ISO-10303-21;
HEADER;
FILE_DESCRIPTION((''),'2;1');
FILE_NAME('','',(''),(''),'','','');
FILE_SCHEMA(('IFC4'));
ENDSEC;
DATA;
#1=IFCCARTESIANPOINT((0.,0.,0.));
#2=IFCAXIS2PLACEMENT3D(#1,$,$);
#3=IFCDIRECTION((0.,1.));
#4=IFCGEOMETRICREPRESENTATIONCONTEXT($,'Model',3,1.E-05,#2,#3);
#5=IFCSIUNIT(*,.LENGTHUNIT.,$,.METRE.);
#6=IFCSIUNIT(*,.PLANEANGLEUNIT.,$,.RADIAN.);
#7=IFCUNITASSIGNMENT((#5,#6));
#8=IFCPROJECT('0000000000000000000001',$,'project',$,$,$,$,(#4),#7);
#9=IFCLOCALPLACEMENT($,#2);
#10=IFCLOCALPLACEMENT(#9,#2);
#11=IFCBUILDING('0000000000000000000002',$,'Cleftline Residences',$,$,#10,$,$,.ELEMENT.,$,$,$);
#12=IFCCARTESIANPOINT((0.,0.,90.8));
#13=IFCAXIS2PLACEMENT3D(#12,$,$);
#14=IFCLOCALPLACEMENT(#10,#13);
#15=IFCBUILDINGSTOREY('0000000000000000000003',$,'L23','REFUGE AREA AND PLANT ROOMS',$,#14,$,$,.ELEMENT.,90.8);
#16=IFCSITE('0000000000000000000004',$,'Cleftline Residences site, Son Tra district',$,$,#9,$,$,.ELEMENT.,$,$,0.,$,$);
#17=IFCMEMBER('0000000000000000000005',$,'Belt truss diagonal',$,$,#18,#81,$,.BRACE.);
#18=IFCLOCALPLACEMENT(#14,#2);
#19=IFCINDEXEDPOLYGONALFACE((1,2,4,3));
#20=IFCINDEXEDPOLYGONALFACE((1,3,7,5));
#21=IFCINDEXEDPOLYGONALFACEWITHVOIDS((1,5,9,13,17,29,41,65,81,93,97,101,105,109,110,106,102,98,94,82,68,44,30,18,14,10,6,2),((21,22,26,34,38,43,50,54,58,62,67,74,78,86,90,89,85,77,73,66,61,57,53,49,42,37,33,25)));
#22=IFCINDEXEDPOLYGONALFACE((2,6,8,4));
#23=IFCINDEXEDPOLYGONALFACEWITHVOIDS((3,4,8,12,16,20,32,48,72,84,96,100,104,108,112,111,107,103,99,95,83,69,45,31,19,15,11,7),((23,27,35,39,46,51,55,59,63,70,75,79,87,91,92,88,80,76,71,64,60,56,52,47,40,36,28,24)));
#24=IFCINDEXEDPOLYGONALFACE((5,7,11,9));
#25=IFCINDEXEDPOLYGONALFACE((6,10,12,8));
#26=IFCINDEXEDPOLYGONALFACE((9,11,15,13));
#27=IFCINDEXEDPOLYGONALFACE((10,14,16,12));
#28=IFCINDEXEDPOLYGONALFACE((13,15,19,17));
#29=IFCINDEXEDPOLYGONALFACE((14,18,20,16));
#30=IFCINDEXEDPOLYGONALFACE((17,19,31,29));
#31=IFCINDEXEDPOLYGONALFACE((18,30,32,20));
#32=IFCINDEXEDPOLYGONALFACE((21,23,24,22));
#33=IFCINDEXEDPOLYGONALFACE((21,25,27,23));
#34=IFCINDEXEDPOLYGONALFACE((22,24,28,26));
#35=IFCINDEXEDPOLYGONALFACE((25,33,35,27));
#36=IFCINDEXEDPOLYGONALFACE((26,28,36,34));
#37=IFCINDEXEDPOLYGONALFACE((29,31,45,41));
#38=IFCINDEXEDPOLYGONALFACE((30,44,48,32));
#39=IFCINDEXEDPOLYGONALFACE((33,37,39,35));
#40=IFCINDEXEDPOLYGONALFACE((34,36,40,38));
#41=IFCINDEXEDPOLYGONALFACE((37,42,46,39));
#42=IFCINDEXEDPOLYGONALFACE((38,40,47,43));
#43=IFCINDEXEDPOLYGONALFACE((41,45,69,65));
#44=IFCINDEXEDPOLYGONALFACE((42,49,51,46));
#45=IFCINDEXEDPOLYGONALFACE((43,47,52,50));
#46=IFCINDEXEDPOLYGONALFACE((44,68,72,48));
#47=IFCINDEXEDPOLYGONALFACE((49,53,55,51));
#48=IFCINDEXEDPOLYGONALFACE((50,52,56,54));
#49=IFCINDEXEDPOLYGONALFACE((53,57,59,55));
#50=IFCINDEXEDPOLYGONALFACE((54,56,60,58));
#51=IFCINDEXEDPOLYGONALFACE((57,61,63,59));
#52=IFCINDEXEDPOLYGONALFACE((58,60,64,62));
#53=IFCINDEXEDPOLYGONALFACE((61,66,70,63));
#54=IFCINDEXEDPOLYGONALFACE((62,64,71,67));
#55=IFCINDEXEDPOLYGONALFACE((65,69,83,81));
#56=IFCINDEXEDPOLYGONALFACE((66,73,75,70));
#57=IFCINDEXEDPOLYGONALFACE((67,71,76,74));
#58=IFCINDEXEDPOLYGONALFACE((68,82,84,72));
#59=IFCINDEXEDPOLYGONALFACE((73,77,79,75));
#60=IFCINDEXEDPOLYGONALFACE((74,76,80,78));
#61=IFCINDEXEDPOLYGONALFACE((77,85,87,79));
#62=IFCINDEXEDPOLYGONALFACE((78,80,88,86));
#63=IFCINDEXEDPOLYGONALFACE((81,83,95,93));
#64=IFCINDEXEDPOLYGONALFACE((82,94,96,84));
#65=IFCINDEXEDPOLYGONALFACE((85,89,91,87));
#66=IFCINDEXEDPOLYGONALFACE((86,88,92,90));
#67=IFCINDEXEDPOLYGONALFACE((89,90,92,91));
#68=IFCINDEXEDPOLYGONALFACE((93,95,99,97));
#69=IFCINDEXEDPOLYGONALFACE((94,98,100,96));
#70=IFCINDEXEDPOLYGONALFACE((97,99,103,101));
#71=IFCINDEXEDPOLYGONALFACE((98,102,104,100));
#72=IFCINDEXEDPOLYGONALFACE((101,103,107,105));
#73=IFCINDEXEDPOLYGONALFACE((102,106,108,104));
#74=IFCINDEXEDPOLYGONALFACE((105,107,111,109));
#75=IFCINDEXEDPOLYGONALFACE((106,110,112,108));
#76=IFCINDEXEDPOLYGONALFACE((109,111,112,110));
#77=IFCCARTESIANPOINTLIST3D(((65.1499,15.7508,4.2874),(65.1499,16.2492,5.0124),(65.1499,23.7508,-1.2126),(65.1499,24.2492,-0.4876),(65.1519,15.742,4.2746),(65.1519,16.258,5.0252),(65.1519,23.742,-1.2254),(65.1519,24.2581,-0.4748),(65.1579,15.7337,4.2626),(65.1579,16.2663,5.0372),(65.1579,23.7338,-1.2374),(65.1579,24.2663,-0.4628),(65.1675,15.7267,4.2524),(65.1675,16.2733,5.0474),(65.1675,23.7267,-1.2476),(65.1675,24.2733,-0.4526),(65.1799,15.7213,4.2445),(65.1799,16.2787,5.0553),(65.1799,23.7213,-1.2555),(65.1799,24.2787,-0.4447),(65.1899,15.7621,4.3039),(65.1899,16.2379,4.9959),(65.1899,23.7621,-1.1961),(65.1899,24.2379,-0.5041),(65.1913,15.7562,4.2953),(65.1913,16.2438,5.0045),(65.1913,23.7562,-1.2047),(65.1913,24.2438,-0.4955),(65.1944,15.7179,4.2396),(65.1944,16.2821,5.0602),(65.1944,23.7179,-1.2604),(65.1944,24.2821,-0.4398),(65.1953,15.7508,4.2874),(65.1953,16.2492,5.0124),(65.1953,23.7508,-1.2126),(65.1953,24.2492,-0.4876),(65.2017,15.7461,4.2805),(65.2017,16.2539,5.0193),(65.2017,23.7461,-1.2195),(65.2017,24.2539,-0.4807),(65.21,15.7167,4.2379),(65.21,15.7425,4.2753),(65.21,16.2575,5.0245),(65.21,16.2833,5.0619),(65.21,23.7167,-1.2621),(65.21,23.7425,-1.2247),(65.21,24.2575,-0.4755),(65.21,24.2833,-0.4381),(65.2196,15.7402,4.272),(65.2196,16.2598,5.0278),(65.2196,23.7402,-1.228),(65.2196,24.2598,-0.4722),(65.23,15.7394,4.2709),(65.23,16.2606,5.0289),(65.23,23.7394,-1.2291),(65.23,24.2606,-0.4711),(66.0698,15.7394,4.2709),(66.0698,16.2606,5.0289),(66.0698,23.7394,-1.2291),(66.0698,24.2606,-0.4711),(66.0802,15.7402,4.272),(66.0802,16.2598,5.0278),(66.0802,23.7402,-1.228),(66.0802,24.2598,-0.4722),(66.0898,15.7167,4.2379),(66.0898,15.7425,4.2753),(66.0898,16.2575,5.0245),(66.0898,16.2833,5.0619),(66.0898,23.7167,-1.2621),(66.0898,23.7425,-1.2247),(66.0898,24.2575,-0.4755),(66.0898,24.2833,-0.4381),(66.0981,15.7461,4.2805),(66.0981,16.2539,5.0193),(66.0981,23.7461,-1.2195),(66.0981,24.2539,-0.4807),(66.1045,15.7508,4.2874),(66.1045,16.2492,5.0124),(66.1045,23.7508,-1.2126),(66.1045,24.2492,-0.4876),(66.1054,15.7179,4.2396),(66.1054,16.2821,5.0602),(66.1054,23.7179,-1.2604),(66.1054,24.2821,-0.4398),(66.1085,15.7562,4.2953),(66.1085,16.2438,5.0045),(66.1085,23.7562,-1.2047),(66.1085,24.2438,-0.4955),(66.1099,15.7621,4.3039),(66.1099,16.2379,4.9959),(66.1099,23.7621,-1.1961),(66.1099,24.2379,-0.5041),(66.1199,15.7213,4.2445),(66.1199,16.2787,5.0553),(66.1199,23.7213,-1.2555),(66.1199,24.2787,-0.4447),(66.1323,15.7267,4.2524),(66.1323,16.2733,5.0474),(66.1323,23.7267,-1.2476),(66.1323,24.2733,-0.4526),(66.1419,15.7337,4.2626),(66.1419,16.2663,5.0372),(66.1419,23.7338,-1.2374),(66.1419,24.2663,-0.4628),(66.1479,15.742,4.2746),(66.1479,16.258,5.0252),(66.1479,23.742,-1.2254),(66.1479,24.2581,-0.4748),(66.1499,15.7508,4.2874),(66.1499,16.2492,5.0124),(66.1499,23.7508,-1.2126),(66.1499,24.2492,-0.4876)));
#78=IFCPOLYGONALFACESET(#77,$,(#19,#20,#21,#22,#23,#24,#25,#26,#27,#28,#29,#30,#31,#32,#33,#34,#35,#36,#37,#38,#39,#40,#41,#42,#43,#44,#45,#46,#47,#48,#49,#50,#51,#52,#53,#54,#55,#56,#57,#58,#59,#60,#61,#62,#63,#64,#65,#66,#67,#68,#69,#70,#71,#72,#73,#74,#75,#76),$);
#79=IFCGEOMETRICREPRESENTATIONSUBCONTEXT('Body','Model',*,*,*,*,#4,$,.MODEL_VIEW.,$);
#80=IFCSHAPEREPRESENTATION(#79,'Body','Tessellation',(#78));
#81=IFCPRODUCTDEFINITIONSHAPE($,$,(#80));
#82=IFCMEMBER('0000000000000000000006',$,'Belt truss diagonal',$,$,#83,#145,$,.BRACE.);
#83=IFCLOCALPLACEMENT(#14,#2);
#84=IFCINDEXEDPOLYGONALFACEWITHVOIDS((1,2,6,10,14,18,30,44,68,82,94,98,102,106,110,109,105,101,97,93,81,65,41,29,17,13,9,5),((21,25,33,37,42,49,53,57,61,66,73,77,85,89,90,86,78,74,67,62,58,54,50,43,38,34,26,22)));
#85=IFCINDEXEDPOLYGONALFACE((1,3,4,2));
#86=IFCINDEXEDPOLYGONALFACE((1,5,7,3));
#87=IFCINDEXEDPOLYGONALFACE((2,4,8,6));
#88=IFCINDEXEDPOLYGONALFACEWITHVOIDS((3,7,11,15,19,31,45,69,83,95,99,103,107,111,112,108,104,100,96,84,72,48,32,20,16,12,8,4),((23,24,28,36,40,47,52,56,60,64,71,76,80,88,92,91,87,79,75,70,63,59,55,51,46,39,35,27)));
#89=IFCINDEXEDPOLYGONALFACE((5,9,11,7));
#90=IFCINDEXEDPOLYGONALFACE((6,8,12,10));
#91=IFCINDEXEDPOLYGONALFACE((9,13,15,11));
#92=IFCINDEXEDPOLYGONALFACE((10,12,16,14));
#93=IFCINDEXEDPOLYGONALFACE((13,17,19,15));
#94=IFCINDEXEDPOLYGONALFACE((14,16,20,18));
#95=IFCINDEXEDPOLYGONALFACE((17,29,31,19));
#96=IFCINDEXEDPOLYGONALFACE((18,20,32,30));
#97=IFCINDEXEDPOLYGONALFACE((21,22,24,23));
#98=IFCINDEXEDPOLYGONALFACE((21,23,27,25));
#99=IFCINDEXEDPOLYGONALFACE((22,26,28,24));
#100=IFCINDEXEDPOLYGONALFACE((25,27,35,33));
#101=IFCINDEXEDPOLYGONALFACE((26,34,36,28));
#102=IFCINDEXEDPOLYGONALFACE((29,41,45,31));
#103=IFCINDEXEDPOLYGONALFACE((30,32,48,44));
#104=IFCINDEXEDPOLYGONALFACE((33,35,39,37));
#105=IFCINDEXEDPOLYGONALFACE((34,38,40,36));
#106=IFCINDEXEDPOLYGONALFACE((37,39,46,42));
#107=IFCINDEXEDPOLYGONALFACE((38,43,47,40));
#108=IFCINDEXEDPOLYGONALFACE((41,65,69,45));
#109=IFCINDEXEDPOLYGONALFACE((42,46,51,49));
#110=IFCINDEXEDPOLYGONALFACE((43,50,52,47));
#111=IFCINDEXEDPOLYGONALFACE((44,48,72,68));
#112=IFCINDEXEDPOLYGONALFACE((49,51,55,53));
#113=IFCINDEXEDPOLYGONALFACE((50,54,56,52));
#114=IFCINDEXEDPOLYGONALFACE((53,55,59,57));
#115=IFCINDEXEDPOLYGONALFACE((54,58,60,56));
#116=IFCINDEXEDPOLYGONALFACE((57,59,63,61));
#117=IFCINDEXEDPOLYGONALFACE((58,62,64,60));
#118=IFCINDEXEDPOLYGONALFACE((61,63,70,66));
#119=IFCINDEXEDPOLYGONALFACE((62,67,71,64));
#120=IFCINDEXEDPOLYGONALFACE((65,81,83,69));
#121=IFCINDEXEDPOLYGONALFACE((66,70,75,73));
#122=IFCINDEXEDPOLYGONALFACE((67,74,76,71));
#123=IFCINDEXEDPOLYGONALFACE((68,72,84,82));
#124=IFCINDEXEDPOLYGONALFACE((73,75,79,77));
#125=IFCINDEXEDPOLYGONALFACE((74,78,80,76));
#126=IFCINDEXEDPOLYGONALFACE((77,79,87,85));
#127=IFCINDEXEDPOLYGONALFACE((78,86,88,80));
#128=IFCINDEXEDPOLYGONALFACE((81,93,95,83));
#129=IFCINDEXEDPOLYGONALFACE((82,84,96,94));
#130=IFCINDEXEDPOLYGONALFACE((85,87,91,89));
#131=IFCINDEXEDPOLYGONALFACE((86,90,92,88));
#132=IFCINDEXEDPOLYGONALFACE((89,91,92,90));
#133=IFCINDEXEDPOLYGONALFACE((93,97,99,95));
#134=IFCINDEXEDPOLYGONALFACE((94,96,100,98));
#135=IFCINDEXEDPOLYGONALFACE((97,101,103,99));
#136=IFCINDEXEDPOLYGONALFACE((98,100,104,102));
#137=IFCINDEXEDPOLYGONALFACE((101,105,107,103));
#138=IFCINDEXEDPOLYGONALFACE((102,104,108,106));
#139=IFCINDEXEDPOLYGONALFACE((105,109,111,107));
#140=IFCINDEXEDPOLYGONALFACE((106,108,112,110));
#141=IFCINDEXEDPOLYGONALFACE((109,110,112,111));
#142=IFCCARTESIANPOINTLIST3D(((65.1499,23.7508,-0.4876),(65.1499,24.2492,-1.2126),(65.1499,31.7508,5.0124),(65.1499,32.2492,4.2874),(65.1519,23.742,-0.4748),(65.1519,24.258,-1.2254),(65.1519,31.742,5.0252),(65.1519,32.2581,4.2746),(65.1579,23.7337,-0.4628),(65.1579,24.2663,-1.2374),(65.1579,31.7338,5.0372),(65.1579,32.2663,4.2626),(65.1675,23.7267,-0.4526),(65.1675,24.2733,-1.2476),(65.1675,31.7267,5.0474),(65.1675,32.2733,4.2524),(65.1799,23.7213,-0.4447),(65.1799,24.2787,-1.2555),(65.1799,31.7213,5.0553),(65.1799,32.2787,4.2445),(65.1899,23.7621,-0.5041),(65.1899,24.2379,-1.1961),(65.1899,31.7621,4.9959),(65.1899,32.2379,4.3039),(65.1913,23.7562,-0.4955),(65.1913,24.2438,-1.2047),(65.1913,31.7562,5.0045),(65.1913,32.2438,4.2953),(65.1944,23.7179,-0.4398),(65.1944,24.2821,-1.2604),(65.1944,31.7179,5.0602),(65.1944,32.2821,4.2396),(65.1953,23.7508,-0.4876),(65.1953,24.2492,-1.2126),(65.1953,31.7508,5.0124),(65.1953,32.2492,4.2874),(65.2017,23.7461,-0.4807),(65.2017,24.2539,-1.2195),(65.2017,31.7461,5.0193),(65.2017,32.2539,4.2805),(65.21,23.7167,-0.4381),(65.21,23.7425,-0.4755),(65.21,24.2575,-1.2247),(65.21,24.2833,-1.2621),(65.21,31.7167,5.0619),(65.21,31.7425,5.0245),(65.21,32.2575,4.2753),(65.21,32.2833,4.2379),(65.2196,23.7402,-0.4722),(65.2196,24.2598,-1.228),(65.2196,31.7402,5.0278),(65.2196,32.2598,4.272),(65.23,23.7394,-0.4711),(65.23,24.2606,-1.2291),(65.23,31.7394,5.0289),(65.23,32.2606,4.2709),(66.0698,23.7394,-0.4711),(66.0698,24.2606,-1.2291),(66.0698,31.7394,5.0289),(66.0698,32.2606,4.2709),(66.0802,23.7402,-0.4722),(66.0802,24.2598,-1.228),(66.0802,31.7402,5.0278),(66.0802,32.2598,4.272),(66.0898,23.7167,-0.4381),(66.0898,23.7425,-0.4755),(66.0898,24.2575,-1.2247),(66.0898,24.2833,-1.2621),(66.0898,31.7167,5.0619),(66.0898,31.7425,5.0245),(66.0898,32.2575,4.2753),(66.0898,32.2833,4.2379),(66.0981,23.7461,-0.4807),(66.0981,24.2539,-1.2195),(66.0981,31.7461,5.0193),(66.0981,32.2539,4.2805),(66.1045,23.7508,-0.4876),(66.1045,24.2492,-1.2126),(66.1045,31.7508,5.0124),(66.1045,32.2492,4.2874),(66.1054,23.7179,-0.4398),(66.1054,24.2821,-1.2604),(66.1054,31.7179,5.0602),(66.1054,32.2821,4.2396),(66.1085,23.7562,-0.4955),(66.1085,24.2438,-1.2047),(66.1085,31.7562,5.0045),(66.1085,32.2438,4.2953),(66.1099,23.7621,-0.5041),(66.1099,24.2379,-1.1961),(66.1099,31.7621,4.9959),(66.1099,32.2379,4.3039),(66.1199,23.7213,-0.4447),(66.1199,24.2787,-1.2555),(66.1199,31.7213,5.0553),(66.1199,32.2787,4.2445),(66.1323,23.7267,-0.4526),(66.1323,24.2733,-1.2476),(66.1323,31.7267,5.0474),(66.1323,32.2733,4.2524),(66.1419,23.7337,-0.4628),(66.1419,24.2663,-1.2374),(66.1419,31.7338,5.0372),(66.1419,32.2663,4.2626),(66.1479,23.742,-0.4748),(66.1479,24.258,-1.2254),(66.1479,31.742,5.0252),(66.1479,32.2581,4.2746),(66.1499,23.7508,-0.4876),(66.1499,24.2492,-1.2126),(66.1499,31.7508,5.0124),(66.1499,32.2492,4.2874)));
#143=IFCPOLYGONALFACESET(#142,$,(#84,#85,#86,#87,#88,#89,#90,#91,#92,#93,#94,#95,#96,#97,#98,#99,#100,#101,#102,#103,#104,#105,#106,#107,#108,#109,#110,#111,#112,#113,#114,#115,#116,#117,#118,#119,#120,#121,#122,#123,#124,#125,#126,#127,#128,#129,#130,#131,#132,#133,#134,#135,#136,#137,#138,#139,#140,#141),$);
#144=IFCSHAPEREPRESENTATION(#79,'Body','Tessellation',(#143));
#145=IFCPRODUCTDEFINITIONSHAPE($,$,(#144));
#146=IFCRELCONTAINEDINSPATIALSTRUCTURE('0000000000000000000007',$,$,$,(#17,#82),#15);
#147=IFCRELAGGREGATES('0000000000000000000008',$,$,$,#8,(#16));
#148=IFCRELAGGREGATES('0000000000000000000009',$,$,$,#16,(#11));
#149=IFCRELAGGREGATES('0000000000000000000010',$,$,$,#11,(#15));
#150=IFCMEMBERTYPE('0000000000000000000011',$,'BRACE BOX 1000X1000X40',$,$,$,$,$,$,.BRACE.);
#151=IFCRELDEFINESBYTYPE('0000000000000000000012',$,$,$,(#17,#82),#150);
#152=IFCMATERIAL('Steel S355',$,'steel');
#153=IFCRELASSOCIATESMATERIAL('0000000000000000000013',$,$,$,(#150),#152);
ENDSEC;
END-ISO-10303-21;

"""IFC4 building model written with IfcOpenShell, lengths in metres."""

from ifc_helpers import new_model, si_unit, direction, frame, origin, origin_2d, place, context, subcontext, project, spatial, hollow_rectangle, extrude, material, material_profile, profile_set, type_object, element, save


model = new_model("IFC4")

# Units and contexts
model_context = context("Model", 3, precision=1e-05, world=origin(), true_north=direction((0.0, 1.0)))
body_context = subcontext(model_context, "Body", "Model", "MODEL_VIEW")
ifc_project = project(units=[si_unit("LENGTHUNIT", "METRE"), si_unit("PLANEANGLEUNIT", "RADIAN")], contexts=[model_context])

# Site, building, storey
site_placement = place(None, origin())
site = spatial("IfcSite", under=ifc_project, at=site_placement, Name="Cleftline Residences site, Son Tra district", CompositionType="ELEMENT", RefElevation=0.0)
building_placement = place(site_placement, origin())
building = spatial("IfcBuilding", under=site, at=building_placement, Name="Cleftline Residences", CompositionType="ELEMENT")
storey_placement = place(building_placement, frame((0.0, 0.0, 90.8)))
storey = spatial("IfcBuildingStorey", under=building, at=storey_placement, Name="L23", Description="REFUGE AREA AND PLANT ROOMS", CompositionType="ELEMENT", Elevation=90.8)

# Members
ifc_material_1 = material(Name="Steel S355", Category="steel")
ifc_material_profile_1 = material_profile(ifc_material_1, hollow_rectangle(XDim=1.0, YDim=1.0, WallThickness=0.04, InnerFilletRadius=0.04, OuterFilletRadius=0.0601, at=origin_2d()))
ifc_profile_set_1 = profile_set([ifc_material_profile_1], Name="Steel S355")
member_type_1 = type_object("IfcMemberType", Name="BRACE BOX 1000X1000X40", PredefinedType="BRACE", material=ifc_profile_set_1)
for number, where, z_axis, x_axis, name in (
    (1, (65.6499, 16.0, 4.6499), (0.0, 0.824042, -0.566529), (0.0, 0.566529, 0.824042), "Belt truss diagonal"),
    (2, (65.6499, 24.0, -0.8501), (0.0, 0.824042, 0.566529), (0.0, -0.566529, 0.824042), "Belt truss diagonal"),
):
    element("IfcMember", number, at=place(storey_placement, frame(where, z_axis=z_axis, x_axis=x_axis)), inside=storey, type_object=member_type_1, Name=name, PredefinedType="BRACE", context=body_context, shape_type="SweptSolid", body=[
        extrude(hollow_rectangle(XDim=1.0, YDim=1.0, WallThickness=0.04, InnerFilletRadius=0.04, OuterFilletRadius=0.0601, at=origin_2d()), origin(), (0.0, 0.0, 1.0), 9.7083),
    ])

save(model, "model.ifc")
